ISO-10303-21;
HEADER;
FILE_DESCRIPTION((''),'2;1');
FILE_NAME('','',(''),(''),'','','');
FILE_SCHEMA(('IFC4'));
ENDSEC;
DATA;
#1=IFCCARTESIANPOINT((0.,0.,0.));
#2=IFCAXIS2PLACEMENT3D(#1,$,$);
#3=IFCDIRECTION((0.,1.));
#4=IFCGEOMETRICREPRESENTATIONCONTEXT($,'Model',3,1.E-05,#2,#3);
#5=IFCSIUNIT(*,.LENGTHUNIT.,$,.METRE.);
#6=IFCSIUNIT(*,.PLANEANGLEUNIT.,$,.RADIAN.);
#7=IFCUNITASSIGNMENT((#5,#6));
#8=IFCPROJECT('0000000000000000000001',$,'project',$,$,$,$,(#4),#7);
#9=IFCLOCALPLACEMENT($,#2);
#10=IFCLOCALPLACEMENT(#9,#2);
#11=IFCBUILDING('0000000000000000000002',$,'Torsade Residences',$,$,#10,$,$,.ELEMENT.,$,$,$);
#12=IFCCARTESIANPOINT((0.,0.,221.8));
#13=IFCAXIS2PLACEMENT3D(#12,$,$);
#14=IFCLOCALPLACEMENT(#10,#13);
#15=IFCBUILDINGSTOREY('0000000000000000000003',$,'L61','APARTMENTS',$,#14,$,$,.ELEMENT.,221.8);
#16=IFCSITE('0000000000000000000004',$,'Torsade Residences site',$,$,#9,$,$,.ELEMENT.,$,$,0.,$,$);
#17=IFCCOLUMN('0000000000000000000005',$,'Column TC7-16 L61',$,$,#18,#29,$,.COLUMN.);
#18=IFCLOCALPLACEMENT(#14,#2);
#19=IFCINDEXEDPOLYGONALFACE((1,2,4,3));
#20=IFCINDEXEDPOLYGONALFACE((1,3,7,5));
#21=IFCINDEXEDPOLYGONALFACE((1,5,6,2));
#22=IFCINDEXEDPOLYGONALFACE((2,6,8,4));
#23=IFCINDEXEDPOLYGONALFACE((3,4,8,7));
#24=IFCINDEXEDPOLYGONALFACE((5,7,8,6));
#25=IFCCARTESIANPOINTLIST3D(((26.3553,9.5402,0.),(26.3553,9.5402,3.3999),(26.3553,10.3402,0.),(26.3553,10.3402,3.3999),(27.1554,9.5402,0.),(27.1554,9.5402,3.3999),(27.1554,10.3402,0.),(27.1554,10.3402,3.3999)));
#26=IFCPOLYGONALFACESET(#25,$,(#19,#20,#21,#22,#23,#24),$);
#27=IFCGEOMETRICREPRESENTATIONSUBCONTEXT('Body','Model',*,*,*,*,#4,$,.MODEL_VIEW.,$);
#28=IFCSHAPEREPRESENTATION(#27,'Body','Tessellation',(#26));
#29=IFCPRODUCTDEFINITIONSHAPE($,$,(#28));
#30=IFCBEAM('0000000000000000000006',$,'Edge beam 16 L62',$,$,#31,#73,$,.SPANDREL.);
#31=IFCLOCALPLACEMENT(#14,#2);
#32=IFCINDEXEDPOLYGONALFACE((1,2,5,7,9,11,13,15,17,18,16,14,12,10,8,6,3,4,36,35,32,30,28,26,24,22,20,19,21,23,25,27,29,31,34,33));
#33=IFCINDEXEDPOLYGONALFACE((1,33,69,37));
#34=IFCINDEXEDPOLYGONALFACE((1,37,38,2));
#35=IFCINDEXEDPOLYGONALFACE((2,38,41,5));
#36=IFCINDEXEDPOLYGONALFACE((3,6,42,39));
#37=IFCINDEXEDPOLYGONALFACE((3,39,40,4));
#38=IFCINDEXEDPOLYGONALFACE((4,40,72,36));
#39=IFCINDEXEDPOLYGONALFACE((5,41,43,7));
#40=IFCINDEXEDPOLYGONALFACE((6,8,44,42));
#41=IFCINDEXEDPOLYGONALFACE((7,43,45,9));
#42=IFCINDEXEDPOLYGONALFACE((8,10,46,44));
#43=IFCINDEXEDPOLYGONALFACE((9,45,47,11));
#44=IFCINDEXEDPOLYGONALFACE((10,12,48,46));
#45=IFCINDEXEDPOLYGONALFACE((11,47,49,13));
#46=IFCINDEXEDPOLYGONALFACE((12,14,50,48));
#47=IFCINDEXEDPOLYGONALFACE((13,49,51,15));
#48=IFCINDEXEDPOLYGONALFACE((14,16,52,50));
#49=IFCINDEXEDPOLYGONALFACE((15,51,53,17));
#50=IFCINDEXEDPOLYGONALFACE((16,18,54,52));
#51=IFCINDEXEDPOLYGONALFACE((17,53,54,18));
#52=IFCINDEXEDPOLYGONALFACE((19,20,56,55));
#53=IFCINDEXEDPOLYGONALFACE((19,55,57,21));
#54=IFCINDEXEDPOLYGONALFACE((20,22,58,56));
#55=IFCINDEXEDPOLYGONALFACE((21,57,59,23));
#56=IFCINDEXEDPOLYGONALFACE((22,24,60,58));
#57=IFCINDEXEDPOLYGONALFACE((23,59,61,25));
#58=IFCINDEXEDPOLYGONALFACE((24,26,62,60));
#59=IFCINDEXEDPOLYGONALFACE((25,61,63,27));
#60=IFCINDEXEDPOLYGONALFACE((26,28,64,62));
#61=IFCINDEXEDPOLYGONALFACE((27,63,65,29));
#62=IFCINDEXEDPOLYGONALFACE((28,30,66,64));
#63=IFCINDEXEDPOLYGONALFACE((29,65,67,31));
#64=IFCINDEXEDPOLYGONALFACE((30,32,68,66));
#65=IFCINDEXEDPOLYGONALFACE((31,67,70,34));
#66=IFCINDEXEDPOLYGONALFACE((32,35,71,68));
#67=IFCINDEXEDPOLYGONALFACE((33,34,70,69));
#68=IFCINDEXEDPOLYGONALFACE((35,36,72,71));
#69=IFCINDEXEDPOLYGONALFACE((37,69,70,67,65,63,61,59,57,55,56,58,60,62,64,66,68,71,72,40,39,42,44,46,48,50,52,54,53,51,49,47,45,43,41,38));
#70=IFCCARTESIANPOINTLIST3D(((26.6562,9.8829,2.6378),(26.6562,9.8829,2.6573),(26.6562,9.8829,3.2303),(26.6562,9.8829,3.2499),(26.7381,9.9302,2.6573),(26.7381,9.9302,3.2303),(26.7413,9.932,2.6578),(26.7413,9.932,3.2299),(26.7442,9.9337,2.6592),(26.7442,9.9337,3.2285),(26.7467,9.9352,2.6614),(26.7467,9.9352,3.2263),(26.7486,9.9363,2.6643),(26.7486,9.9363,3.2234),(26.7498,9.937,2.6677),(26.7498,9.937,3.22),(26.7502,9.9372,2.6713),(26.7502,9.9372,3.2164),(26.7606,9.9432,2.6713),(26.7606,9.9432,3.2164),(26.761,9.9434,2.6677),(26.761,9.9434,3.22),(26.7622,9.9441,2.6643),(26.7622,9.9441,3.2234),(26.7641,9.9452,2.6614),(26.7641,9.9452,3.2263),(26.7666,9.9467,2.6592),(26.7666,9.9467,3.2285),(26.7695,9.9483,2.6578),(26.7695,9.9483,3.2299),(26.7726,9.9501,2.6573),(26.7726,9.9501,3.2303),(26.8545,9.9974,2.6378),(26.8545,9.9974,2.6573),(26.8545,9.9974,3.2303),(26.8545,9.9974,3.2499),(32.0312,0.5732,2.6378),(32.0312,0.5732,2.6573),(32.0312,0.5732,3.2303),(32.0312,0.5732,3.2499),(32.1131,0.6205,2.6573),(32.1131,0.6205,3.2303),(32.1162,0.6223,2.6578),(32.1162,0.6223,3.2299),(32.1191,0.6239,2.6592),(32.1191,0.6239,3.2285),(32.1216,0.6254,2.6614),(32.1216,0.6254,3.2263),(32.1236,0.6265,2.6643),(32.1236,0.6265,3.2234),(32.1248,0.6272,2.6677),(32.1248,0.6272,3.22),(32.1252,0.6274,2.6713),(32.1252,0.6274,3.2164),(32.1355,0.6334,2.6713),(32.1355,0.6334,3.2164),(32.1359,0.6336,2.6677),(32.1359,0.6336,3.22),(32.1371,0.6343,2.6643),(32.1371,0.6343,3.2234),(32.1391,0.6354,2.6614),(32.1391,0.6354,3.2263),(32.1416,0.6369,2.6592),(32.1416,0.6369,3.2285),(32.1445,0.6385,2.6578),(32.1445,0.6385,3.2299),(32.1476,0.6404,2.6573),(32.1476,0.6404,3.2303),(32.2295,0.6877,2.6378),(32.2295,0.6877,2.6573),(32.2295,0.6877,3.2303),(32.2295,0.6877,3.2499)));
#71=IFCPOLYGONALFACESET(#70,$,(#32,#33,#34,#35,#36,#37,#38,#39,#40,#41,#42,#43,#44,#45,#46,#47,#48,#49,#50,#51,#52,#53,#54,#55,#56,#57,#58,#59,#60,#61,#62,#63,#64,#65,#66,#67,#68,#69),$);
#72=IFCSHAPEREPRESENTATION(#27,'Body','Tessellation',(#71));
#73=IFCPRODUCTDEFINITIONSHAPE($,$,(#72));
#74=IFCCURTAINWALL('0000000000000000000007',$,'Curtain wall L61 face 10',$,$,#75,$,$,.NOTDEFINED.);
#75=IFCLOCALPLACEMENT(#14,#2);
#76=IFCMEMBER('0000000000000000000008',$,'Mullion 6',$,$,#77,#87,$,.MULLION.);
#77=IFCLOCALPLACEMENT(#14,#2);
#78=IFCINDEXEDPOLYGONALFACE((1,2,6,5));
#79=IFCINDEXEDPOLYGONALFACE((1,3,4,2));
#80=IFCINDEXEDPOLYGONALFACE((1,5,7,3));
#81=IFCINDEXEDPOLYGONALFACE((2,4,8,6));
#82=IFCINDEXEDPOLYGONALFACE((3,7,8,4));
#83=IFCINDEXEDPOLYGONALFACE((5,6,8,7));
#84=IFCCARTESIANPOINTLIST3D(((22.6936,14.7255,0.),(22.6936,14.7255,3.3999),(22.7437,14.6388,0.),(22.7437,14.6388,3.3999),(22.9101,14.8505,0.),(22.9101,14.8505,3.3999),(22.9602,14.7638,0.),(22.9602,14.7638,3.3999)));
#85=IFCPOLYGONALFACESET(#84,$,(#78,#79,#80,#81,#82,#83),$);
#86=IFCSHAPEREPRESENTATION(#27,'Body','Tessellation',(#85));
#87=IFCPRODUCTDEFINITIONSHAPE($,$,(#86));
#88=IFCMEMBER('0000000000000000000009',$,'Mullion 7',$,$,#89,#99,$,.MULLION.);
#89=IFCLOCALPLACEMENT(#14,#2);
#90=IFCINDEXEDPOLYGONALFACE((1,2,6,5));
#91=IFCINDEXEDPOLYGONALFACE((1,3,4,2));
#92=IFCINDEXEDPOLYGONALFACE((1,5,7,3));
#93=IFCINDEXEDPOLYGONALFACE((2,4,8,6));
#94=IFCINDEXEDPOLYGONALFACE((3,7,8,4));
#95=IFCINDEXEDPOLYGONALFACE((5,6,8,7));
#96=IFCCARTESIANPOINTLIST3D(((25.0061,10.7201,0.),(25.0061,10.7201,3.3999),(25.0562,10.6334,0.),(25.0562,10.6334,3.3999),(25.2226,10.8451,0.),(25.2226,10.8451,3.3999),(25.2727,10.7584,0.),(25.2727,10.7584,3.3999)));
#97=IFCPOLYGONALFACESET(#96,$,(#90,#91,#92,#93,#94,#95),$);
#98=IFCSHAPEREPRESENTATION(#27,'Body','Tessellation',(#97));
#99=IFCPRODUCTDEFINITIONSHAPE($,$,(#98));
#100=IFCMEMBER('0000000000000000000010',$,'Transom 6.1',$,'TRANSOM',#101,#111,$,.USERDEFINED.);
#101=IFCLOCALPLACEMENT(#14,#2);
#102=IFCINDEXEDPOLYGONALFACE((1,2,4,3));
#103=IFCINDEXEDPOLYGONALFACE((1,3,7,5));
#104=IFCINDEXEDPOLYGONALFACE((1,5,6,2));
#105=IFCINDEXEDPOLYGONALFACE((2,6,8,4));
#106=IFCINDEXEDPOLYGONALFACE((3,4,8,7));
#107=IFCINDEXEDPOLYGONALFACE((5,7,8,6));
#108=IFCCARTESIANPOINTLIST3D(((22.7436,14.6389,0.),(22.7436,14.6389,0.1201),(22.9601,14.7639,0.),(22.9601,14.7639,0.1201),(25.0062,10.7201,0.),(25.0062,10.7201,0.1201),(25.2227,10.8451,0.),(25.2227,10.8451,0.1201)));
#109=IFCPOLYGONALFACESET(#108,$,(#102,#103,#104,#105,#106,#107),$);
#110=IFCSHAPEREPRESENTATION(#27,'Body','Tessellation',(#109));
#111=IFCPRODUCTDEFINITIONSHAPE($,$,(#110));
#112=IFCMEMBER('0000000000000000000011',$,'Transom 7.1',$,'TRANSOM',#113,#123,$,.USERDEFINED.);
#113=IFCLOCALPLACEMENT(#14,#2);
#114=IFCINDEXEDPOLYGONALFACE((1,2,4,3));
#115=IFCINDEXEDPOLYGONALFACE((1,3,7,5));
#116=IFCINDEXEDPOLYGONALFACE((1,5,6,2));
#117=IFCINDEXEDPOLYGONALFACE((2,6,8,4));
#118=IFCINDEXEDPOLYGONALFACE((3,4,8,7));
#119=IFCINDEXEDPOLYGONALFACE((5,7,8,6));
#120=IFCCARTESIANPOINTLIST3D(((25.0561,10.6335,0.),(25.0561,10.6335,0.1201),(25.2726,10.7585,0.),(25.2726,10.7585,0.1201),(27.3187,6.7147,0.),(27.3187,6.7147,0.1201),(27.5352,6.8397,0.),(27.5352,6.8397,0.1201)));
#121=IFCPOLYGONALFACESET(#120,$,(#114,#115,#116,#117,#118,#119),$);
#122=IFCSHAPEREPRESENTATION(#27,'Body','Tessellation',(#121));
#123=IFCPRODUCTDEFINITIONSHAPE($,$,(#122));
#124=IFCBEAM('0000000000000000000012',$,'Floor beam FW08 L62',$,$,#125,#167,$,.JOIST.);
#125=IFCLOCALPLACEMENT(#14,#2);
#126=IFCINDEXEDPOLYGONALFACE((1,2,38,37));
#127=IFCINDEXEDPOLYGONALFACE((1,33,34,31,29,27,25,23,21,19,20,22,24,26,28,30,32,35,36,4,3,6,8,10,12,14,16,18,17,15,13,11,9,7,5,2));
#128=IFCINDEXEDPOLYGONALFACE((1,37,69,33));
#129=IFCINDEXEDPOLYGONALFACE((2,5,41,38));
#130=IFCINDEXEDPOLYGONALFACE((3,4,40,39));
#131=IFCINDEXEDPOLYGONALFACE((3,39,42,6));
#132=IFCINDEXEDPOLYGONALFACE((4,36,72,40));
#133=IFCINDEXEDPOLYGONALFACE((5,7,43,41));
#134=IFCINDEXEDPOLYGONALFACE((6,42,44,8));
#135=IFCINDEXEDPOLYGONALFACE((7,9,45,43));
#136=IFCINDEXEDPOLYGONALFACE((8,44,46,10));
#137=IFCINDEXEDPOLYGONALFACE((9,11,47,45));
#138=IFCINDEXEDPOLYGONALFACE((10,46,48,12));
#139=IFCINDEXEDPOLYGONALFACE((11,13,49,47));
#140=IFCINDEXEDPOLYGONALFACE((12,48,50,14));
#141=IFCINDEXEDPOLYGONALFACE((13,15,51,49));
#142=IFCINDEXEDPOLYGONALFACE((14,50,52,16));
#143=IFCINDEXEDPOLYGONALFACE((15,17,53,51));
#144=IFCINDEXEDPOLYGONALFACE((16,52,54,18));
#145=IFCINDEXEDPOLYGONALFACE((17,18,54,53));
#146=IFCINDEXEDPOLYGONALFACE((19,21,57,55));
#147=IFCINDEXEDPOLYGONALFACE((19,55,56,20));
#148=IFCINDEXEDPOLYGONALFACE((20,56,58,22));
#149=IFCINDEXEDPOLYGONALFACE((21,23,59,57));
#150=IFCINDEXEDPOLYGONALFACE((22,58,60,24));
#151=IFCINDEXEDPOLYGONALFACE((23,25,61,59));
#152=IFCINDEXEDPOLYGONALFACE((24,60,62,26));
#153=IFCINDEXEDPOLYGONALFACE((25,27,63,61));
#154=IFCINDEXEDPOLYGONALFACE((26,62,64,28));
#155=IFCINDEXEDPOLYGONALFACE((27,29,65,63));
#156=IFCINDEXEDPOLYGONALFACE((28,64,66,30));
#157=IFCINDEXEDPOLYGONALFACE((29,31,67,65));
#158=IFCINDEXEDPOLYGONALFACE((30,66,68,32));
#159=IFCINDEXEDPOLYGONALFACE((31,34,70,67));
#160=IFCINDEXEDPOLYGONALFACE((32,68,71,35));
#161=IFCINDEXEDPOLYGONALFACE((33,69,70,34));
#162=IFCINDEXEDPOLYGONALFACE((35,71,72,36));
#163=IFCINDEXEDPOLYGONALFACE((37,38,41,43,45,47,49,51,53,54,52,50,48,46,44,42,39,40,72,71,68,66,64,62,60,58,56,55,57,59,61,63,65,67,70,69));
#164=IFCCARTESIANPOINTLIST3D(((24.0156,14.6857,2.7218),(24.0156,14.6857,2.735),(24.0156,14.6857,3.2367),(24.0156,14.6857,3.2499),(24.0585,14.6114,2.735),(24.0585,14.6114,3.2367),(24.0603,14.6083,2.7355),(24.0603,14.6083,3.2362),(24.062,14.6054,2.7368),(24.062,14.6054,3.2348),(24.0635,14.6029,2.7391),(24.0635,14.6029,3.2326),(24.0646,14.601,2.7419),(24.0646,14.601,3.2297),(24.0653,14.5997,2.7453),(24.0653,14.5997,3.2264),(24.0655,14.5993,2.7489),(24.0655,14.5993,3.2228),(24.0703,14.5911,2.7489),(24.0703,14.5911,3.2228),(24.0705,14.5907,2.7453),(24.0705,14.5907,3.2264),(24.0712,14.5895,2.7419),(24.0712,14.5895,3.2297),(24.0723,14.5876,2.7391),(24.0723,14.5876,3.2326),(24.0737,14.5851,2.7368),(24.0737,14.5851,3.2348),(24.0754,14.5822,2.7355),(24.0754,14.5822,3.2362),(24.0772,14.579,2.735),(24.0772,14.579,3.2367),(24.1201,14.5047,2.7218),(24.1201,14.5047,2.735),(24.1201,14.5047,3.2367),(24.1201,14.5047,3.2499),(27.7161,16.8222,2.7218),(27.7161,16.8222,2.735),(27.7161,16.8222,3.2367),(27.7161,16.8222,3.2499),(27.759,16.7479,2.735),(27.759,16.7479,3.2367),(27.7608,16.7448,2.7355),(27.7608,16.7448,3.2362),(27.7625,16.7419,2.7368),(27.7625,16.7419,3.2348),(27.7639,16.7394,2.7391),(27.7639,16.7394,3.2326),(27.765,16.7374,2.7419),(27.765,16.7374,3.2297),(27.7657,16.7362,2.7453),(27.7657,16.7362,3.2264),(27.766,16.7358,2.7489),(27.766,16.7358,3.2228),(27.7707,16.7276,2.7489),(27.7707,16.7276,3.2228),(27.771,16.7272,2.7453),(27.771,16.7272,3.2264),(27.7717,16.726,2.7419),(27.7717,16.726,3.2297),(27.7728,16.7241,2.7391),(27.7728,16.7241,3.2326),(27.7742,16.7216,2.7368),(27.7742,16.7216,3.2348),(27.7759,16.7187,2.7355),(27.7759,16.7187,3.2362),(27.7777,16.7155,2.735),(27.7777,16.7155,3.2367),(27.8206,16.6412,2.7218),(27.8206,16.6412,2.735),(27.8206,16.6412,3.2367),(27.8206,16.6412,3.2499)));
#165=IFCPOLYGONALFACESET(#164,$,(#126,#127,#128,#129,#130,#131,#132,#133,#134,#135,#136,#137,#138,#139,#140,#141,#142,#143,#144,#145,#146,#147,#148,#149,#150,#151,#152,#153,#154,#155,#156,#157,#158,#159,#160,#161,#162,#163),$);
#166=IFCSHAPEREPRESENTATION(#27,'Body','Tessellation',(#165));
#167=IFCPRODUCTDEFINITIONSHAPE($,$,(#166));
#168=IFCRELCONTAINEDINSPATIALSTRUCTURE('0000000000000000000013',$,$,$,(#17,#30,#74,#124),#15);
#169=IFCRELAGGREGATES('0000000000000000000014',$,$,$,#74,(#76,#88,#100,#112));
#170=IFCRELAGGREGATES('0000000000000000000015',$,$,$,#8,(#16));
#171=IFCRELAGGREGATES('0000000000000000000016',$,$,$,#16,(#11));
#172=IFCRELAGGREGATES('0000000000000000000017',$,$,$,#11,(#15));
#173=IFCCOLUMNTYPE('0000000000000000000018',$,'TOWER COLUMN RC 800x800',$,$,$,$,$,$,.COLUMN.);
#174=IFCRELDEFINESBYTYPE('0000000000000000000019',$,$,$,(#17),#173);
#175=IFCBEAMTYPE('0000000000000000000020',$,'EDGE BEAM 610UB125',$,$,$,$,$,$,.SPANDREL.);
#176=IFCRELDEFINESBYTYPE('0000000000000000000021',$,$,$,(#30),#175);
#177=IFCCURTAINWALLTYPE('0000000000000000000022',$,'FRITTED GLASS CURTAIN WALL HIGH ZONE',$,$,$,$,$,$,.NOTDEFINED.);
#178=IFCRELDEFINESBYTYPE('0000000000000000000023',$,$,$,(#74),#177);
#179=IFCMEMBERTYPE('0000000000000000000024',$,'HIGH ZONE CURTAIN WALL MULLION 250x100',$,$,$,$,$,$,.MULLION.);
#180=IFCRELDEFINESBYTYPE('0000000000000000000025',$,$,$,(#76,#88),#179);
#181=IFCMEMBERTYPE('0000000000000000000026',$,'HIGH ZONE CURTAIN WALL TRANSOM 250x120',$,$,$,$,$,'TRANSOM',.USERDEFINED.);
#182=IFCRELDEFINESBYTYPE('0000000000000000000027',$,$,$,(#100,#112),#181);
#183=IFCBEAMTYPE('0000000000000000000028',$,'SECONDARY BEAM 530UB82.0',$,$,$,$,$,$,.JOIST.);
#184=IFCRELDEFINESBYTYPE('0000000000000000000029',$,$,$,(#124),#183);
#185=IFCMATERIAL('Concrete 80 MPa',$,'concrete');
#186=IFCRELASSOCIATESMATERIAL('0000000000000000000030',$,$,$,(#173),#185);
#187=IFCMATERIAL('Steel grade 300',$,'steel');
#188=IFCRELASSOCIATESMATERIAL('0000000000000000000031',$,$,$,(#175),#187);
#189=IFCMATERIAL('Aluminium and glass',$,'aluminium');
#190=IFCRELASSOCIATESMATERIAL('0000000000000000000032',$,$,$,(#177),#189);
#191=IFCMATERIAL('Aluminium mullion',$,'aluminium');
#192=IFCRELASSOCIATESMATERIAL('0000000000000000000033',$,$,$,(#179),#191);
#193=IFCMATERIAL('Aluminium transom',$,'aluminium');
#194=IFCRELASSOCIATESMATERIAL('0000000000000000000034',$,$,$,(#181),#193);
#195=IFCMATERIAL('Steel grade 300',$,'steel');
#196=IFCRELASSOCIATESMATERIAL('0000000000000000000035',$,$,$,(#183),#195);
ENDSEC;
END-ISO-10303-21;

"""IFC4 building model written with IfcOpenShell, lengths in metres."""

from ifc_helpers import new_model, si_unit, direction, frame, origin, origin_2d, place, context, subcontext, project, spatial, rectangle, i_section, extrude, material, material_profile, profile_set, type_object, element, aggregate, save


model = new_model("IFC4")

# Units and contexts
model_context = context("Model", 3, precision=1e-05, world=origin(), true_north=direction((0.0, 1.0)))
body_context = subcontext(model_context, "Body", "Model", "MODEL_VIEW")
ifc_project = project(units=[si_unit("LENGTHUNIT", "METRE"), si_unit("PLANEANGLEUNIT", "RADIAN")], contexts=[model_context])

# Site, building, storey
site_placement = place(None, origin())
site = spatial("IfcSite", under=ifc_project, at=site_placement, Name="Torsade Residences site", CompositionType="ELEMENT", RefElevation=0.0)
building_placement = place(site_placement, origin())
building = spatial("IfcBuilding", under=site, at=building_placement, Name="Torsade Residences", CompositionType="ELEMENT")
storey_placement = place(building_placement, frame((0.0, 0.0, 221.8)))
storey = spatial("IfcBuildingStorey", under=building, at=storey_placement, Name="L61", Description="APARTMENTS", CompositionType="ELEMENT", Elevation=221.8)

# Column
ifc_material_1 = material(Name="Concrete 80 MPa", Category="concrete")
ifc_material_profile_1 = material_profile(ifc_material_1, rectangle(XDim=0.8, YDim=0.8, at=origin_2d()), Name="RC 800x800")
ifc_profile_set_1 = profile_set([ifc_material_profile_1], Name="Concrete 80 MPa")
column_type = type_object("IfcColumnType", Name="TOWER COLUMN RC 800x800", PredefinedType="COLUMN", material=ifc_profile_set_1)
column_placement = place(storey_placement, frame((26.7554, 9.9402, 0.0), z_axis=(0.0, 0.0, 1.0), x_axis=(1.0, 0.0, 0.0)))
element("IfcColumn", 1, at=column_placement, inside=storey, type_object=column_type, Name="Column TC7-16 L61", PredefinedType="COLUMN", context=body_context, shape_type="SweptSolid", body=[
    extrude(rectangle(XDim=0.8, YDim=0.8, at=origin_2d()), origin(), (0.0, 0.0, 1.0), 3.3999),
])

# Beam
ifc_material_2 = material(Name="Steel grade 300", Category="steel")
ifc_material_profile_2 = material_profile(ifc_material_2, i_section(OverallWidth=0.229, OverallDepth=0.6121, WebThickness=0.012, FlangeThickness=0.0195, FilletRadius=0.0139, at=origin_2d()), Name="610UB125")
ifc_profile_set_2 = profile_set([ifc_material_profile_2], Name="Steel grade 300")
beam_type_1 = type_object("IfcBeamType", Name="EDGE BEAM 610UB125", PredefinedType="SPANDREL", material=ifc_profile_set_2)
beam_1_placement = place(storey_placement, frame((26.7554, 9.9402, 2.9438), z_axis=(0.499998, -0.866026, 0.0), x_axis=(0.866026, 0.499998, 0.0)))
element("IfcBeam", 2, at=beam_1_placement, inside=storey, type_object=beam_type_1, Name="Edge beam 16 L62", PredefinedType="SPANDREL", context=body_context, shape_type="SweptSolid", body=[
    extrude(i_section(OverallWidth=0.229, OverallDepth=0.6121, WebThickness=0.012, FlangeThickness=0.0195, FilletRadius=0.0139, at=origin_2d()), origin(), (0.0, 0.0, 1.0), 10.75),
])

# Curtain wall, members
ifc_material_3 = material(Name="Aluminium and glass", Category="aluminium")
curtain_wall_type = type_object("IfcCurtainWallType", Name="FRITTED GLASS CURTAIN WALL HIGH ZONE", PredefinedType="NOTDEFINED", material=ifc_material_3)
curtain_wall_placement = place(storey_placement, origin())
curtain_wall = element("IfcCurtainWall", 3, at=curtain_wall_placement, inside=storey, type_object=curtain_wall_type, Name="Curtain wall L61 face 10", PredefinedType="NOTDEFINED")
ifc_material_4 = material(Name="Aluminium mullion", Category="aluminium")
ifc_material_profile_3 = material_profile(ifc_material_4, rectangle(XDim=0.25, YDim=0.1001, at=origin_2d()), Name="HIGH ZONE CURTAIN WALL MULLION 250x100")
ifc_profile_set_3 = profile_set([ifc_material_profile_3], Name="Aluminium mullion")
member_type_1 = type_object("IfcMemberType", Name="HIGH ZONE CURTAIN WALL MULLION 250x100", PredefinedType="MULLION", material=ifc_profile_set_3)
member_1_placement = place(storey_placement, frame((22.8269, 14.7446, 0.0), z_axis=(0.0, 0.0, 1.0), x_axis=(0.866025, 0.5, 0.0)))
member_1 = element("IfcMember", 4, at=member_1_placement, type_object=member_type_1, Name="Mullion 6", PredefinedType="MULLION", context=body_context, shape_type="SweptSolid", body=[
    extrude(rectangle(XDim=0.25, YDim=0.1001, at=origin_2d()), origin(), (0.0, 0.0, 1.0), 3.3999),
])
member_2_placement = place(storey_placement, frame((25.1394, 10.7393, 0.0), z_axis=(0.0, 0.0, 1.0), x_axis=(0.866025, 0.5, 0.0)))
member_2 = element("IfcMember", 5, at=member_2_placement, type_object=member_type_1, Name="Mullion 7", PredefinedType="MULLION", context=body_context, shape_type="SweptSolid", body=[
    extrude(rectangle(XDim=0.25, YDim=0.1001, at=origin_2d()), origin(), (0.0, 0.0, 1.0), 3.3999),
])
ifc_material_5 = material(Name="Aluminium transom", Category="aluminium")
ifc_material_profile_4 = material_profile(ifc_material_5, rectangle(XDim=0.25, YDim=0.1201, at=origin_2d()), Name="HIGH ZONE CURTAIN WALL TRANSOM 250x120")
ifc_profile_set_4 = profile_set([ifc_material_profile_4], Name="Aluminium transom")
member_type_2 = type_object("IfcMemberType", Name="HIGH ZONE CURTAIN WALL TRANSOM 250x120", ElementType="TRANSOM", PredefinedType="USERDEFINED", material=ifc_profile_set_4)
member_3_placement = place(storey_placement, frame((22.8518, 14.7014, 0.0601), z_axis=(0.500015, -0.866017, 0.0), x_axis=(0.866017, 0.500015, 0.0)))
member_3 = element("IfcMember", 6, at=member_3_placement, type_object=member_type_2, Name="Transom 6.1", ObjectType="TRANSOM", PredefinedType="USERDEFINED", context=body_context, shape_type="SweptSolid", body=[
    extrude(rectangle(XDim=0.25, YDim=0.1201, at=origin_2d()), origin(), (0.0, 0.0, 1.0), 4.5251),
])
member_4_placement = place(storey_placement, frame((25.1643, 10.696, 0.0601), z_axis=(0.500015, -0.866017, 0.0), x_axis=(0.866017, 0.500015, 0.0)))
member_4 = element("IfcMember", 7, at=member_4_placement, type_object=member_type_2, Name="Transom 7.1", ObjectType="TRANSOM", PredefinedType="USERDEFINED", context=body_context, shape_type="SweptSolid", body=[
    extrude(rectangle(XDim=0.25, YDim=0.1201, at=origin_2d()), origin(), (0.0, 0.0, 1.0), 4.5251),
])

# Beam
ifc_material_6 = material(Name="Steel grade 300", Category="steel")
ifc_material_profile_5 = material_profile(ifc_material_6, i_section(OverallWidth=0.209, OverallDepth=0.5281, WebThickness=0.0095, FlangeThickness=0.0132, FilletRadius=0.0139, at=origin_2d()), Name="530UB82.0")
ifc_profile_set_5 = profile_set([ifc_material_profile_5], Name="Steel grade 300")
beam_type_2 = type_object("IfcBeamType", Name="SECONDARY BEAM 530UB82.0", PredefinedType="JOIST", material=ifc_profile_set_5)
beam_2_placement = place(storey_placement, frame((24.0679, 14.5952, 2.9858), z_axis=(0.866023, 0.500004, 0.0), x_axis=(-0.500004, 0.866023, 0.0)))
element("IfcBeam", 8, at=beam_2_placement, inside=storey, type_object=beam_type_2, Name="Floor beam FW08 L62", PredefinedType="JOIST", context=body_context, shape_type="SweptSolid", body=[
    extrude(i_section(OverallWidth=0.209, OverallDepth=0.5281, WebThickness=0.0095, FlangeThickness=0.0132, FilletRadius=0.0139, at=origin_2d()), origin(), (0.0, 0.0, 1.0), 4.2729),
])

aggregate(curtain_wall, [member_1, member_2, member_3, member_4])

save(model, "model.ifc")
